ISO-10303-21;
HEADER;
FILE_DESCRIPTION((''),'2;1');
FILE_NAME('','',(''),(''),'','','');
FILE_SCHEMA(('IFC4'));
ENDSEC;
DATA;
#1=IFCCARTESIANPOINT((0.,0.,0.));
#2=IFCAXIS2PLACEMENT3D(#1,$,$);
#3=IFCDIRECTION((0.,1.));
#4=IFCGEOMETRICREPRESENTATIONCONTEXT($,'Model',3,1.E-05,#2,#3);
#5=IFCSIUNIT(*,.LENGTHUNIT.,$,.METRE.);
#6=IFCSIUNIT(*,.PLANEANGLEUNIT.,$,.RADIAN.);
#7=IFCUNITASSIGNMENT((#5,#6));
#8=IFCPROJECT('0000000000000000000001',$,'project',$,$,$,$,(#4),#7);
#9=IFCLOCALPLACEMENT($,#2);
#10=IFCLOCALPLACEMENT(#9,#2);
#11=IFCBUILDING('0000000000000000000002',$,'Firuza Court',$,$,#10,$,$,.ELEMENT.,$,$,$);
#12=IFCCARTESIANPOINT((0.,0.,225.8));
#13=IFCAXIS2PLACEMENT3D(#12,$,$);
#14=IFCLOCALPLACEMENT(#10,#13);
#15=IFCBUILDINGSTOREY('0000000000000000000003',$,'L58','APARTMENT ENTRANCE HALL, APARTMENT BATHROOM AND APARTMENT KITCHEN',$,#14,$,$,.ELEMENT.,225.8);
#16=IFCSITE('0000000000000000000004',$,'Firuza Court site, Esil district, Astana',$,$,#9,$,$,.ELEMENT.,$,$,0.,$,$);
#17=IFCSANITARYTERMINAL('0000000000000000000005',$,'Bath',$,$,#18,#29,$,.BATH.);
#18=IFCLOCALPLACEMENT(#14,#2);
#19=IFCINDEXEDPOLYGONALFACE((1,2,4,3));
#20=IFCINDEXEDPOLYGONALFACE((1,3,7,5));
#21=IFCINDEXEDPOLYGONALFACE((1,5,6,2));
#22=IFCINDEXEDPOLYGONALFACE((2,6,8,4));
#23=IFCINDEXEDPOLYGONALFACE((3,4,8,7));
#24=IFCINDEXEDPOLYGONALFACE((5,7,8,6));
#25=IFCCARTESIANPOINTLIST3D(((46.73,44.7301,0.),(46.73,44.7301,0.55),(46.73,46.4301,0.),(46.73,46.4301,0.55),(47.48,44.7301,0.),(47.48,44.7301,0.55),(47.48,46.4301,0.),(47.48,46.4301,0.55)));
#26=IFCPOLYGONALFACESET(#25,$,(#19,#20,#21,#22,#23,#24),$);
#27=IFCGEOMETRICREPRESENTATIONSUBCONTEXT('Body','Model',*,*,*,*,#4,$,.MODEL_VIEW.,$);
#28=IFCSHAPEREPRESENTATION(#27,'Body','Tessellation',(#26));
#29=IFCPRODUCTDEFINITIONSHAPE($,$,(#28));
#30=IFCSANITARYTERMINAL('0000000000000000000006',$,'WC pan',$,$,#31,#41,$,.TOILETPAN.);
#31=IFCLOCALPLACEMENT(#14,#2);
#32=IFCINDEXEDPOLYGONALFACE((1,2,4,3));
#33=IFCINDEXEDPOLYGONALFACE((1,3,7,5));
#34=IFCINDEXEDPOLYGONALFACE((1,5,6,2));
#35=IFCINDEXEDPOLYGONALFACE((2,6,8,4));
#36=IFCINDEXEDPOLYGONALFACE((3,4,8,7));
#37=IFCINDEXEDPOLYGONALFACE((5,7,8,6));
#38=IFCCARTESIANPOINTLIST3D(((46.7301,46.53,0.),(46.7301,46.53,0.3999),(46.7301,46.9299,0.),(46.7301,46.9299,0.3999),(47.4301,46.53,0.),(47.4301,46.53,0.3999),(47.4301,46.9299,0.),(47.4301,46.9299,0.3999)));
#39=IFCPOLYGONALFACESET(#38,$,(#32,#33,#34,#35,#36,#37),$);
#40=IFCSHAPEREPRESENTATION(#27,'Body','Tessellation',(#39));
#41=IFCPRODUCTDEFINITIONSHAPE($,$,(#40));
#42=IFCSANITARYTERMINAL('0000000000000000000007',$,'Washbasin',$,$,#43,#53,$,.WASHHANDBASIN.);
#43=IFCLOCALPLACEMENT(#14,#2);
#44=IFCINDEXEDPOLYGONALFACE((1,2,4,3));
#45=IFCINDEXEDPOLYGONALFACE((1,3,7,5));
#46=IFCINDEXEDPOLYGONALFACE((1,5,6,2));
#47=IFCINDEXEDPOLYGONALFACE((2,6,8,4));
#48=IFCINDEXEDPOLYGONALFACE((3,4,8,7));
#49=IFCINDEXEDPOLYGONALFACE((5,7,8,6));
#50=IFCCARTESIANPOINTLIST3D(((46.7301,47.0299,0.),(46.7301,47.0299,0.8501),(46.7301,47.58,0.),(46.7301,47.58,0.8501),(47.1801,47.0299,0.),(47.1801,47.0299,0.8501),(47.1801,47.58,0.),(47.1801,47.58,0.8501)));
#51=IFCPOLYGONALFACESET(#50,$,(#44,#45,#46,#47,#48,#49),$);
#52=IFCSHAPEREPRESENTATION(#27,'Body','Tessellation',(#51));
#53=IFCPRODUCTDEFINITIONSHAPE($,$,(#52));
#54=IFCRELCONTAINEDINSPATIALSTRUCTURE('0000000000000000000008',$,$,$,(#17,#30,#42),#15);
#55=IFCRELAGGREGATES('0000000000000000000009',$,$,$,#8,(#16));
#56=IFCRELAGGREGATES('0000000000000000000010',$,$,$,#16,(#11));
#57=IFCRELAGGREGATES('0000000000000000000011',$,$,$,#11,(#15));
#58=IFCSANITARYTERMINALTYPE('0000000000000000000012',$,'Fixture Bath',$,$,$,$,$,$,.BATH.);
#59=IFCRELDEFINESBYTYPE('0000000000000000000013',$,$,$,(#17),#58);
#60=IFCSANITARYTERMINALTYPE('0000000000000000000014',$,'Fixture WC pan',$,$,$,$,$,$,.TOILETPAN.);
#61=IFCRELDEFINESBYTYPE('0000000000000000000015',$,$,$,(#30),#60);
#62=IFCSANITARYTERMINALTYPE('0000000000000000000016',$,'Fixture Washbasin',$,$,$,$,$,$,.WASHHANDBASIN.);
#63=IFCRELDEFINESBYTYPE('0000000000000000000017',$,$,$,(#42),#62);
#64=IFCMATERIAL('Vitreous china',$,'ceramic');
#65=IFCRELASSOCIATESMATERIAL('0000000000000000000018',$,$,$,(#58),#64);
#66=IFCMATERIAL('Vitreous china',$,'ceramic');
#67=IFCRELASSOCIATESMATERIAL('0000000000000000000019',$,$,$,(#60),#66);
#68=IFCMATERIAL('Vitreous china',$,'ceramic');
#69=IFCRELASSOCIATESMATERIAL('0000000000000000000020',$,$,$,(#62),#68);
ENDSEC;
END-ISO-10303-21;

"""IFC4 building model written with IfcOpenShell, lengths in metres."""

from ifc_helpers import new_model, si_unit, direction, frame, origin, origin_2d, place, context, subcontext, project, spatial, rectangle, extrude, material, type_object, element, save


model = new_model("IFC4")

# Units and contexts
model_context = context("Model", 3, precision=1e-05, world=origin(), true_north=direction((0.0, 1.0)))
body_context = subcontext(model_context, "Body", "Model", "MODEL_VIEW")
ifc_project = project(units=[si_unit("LENGTHUNIT", "METRE"), si_unit("PLANEANGLEUNIT", "RADIAN")], contexts=[model_context])

# Site, building, storey
site_placement = place(None, origin())
site = spatial("IfcSite", under=ifc_project, at=site_placement, Name="Firuza Court site, Esil district, Astana", CompositionType="ELEMENT", RefElevation=0.0)
building_placement = place(site_placement, origin())
building = spatial("IfcBuilding", under=site, at=building_placement, Name="Firuza Court", CompositionType="ELEMENT")
storey_placement = place(building_placement, frame((0.0, 0.0, 225.8)))
storey = spatial("IfcBuildingStorey", under=building, at=storey_placement, Name="L58", Description="APARTMENT ENTRANCE HALL, APARTMENT BATHROOM AND APARTMENT KITCHEN", CompositionType="ELEMENT", Elevation=225.8)

# Sanitary terminals
ifc_material_1 = material(Name="Vitreous china", Category="ceramic")
sanitary_terminal_type_1 = type_object("IfcSanitaryTerminalType", Name="Fixture Bath", PredefinedType="BATH", material=ifc_material_1)
sanitary_terminal_1_placement = place(storey_placement, frame((47.105, 45.5801, 0.0), z_axis=(0.0, 0.0, 1.0), x_axis=(1.0, 0.0, 0.0)))
element("IfcSanitaryTerminal", 1, at=sanitary_terminal_1_placement, inside=storey, type_object=sanitary_terminal_type_1, Name="Bath", PredefinedType="BATH", context=body_context, shape_type="SweptSolid", body=[
    extrude(rectangle(XDim=0.75, YDim=1.7, at=origin_2d()), origin(), (0.0, 0.0, 1.0), 0.55),
])
ifc_material_2 = material(Name="Vitreous china", Category="ceramic")
sanitary_terminal_type_2 = type_object("IfcSanitaryTerminalType", Name="Fixture WC pan", PredefinedType="TOILETPAN", material=ifc_material_2)
sanitary_terminal_2_placement = place(storey_placement, frame((47.0801, 46.73, 0.0), z_axis=(0.0, 0.0, 1.0), x_axis=(1.0, 0.0, 0.0)))
element("IfcSanitaryTerminal", 2, at=sanitary_terminal_2_placement, inside=storey, type_object=sanitary_terminal_type_2, Name="WC pan", PredefinedType="TOILETPAN", context=body_context, shape_type="SweptSolid", body=[
    extrude(rectangle(XDim=0.7, YDim=0.3999, at=origin_2d()), origin(), (0.0, 0.0, 1.0), 0.3999),
])
ifc_material_3 = material(Name="Vitreous china", Category="ceramic")
sanitary_terminal_type_3 = type_object("IfcSanitaryTerminalType", Name="Fixture Washbasin", PredefinedType="WASHHANDBASIN", material=ifc_material_3)
sanitary_terminal_3_placement = place(storey_placement, frame((46.9551, 47.3049, 0.0), z_axis=(0.0, 0.0, 1.0), x_axis=(1.0, 0.0, 0.0)))
element("IfcSanitaryTerminal", 3, at=sanitary_terminal_3_placement, inside=storey, type_object=sanitary_terminal_type_3, Name="Washbasin", PredefinedType="WASHHANDBASIN", context=body_context, shape_type="SweptSolid", body=[
    extrude(rectangle(XDim=0.45, YDim=0.55, at=origin_2d()), origin(), (0.0, 0.0, 1.0), 0.8501),
])

save(model, "model.ifc")
